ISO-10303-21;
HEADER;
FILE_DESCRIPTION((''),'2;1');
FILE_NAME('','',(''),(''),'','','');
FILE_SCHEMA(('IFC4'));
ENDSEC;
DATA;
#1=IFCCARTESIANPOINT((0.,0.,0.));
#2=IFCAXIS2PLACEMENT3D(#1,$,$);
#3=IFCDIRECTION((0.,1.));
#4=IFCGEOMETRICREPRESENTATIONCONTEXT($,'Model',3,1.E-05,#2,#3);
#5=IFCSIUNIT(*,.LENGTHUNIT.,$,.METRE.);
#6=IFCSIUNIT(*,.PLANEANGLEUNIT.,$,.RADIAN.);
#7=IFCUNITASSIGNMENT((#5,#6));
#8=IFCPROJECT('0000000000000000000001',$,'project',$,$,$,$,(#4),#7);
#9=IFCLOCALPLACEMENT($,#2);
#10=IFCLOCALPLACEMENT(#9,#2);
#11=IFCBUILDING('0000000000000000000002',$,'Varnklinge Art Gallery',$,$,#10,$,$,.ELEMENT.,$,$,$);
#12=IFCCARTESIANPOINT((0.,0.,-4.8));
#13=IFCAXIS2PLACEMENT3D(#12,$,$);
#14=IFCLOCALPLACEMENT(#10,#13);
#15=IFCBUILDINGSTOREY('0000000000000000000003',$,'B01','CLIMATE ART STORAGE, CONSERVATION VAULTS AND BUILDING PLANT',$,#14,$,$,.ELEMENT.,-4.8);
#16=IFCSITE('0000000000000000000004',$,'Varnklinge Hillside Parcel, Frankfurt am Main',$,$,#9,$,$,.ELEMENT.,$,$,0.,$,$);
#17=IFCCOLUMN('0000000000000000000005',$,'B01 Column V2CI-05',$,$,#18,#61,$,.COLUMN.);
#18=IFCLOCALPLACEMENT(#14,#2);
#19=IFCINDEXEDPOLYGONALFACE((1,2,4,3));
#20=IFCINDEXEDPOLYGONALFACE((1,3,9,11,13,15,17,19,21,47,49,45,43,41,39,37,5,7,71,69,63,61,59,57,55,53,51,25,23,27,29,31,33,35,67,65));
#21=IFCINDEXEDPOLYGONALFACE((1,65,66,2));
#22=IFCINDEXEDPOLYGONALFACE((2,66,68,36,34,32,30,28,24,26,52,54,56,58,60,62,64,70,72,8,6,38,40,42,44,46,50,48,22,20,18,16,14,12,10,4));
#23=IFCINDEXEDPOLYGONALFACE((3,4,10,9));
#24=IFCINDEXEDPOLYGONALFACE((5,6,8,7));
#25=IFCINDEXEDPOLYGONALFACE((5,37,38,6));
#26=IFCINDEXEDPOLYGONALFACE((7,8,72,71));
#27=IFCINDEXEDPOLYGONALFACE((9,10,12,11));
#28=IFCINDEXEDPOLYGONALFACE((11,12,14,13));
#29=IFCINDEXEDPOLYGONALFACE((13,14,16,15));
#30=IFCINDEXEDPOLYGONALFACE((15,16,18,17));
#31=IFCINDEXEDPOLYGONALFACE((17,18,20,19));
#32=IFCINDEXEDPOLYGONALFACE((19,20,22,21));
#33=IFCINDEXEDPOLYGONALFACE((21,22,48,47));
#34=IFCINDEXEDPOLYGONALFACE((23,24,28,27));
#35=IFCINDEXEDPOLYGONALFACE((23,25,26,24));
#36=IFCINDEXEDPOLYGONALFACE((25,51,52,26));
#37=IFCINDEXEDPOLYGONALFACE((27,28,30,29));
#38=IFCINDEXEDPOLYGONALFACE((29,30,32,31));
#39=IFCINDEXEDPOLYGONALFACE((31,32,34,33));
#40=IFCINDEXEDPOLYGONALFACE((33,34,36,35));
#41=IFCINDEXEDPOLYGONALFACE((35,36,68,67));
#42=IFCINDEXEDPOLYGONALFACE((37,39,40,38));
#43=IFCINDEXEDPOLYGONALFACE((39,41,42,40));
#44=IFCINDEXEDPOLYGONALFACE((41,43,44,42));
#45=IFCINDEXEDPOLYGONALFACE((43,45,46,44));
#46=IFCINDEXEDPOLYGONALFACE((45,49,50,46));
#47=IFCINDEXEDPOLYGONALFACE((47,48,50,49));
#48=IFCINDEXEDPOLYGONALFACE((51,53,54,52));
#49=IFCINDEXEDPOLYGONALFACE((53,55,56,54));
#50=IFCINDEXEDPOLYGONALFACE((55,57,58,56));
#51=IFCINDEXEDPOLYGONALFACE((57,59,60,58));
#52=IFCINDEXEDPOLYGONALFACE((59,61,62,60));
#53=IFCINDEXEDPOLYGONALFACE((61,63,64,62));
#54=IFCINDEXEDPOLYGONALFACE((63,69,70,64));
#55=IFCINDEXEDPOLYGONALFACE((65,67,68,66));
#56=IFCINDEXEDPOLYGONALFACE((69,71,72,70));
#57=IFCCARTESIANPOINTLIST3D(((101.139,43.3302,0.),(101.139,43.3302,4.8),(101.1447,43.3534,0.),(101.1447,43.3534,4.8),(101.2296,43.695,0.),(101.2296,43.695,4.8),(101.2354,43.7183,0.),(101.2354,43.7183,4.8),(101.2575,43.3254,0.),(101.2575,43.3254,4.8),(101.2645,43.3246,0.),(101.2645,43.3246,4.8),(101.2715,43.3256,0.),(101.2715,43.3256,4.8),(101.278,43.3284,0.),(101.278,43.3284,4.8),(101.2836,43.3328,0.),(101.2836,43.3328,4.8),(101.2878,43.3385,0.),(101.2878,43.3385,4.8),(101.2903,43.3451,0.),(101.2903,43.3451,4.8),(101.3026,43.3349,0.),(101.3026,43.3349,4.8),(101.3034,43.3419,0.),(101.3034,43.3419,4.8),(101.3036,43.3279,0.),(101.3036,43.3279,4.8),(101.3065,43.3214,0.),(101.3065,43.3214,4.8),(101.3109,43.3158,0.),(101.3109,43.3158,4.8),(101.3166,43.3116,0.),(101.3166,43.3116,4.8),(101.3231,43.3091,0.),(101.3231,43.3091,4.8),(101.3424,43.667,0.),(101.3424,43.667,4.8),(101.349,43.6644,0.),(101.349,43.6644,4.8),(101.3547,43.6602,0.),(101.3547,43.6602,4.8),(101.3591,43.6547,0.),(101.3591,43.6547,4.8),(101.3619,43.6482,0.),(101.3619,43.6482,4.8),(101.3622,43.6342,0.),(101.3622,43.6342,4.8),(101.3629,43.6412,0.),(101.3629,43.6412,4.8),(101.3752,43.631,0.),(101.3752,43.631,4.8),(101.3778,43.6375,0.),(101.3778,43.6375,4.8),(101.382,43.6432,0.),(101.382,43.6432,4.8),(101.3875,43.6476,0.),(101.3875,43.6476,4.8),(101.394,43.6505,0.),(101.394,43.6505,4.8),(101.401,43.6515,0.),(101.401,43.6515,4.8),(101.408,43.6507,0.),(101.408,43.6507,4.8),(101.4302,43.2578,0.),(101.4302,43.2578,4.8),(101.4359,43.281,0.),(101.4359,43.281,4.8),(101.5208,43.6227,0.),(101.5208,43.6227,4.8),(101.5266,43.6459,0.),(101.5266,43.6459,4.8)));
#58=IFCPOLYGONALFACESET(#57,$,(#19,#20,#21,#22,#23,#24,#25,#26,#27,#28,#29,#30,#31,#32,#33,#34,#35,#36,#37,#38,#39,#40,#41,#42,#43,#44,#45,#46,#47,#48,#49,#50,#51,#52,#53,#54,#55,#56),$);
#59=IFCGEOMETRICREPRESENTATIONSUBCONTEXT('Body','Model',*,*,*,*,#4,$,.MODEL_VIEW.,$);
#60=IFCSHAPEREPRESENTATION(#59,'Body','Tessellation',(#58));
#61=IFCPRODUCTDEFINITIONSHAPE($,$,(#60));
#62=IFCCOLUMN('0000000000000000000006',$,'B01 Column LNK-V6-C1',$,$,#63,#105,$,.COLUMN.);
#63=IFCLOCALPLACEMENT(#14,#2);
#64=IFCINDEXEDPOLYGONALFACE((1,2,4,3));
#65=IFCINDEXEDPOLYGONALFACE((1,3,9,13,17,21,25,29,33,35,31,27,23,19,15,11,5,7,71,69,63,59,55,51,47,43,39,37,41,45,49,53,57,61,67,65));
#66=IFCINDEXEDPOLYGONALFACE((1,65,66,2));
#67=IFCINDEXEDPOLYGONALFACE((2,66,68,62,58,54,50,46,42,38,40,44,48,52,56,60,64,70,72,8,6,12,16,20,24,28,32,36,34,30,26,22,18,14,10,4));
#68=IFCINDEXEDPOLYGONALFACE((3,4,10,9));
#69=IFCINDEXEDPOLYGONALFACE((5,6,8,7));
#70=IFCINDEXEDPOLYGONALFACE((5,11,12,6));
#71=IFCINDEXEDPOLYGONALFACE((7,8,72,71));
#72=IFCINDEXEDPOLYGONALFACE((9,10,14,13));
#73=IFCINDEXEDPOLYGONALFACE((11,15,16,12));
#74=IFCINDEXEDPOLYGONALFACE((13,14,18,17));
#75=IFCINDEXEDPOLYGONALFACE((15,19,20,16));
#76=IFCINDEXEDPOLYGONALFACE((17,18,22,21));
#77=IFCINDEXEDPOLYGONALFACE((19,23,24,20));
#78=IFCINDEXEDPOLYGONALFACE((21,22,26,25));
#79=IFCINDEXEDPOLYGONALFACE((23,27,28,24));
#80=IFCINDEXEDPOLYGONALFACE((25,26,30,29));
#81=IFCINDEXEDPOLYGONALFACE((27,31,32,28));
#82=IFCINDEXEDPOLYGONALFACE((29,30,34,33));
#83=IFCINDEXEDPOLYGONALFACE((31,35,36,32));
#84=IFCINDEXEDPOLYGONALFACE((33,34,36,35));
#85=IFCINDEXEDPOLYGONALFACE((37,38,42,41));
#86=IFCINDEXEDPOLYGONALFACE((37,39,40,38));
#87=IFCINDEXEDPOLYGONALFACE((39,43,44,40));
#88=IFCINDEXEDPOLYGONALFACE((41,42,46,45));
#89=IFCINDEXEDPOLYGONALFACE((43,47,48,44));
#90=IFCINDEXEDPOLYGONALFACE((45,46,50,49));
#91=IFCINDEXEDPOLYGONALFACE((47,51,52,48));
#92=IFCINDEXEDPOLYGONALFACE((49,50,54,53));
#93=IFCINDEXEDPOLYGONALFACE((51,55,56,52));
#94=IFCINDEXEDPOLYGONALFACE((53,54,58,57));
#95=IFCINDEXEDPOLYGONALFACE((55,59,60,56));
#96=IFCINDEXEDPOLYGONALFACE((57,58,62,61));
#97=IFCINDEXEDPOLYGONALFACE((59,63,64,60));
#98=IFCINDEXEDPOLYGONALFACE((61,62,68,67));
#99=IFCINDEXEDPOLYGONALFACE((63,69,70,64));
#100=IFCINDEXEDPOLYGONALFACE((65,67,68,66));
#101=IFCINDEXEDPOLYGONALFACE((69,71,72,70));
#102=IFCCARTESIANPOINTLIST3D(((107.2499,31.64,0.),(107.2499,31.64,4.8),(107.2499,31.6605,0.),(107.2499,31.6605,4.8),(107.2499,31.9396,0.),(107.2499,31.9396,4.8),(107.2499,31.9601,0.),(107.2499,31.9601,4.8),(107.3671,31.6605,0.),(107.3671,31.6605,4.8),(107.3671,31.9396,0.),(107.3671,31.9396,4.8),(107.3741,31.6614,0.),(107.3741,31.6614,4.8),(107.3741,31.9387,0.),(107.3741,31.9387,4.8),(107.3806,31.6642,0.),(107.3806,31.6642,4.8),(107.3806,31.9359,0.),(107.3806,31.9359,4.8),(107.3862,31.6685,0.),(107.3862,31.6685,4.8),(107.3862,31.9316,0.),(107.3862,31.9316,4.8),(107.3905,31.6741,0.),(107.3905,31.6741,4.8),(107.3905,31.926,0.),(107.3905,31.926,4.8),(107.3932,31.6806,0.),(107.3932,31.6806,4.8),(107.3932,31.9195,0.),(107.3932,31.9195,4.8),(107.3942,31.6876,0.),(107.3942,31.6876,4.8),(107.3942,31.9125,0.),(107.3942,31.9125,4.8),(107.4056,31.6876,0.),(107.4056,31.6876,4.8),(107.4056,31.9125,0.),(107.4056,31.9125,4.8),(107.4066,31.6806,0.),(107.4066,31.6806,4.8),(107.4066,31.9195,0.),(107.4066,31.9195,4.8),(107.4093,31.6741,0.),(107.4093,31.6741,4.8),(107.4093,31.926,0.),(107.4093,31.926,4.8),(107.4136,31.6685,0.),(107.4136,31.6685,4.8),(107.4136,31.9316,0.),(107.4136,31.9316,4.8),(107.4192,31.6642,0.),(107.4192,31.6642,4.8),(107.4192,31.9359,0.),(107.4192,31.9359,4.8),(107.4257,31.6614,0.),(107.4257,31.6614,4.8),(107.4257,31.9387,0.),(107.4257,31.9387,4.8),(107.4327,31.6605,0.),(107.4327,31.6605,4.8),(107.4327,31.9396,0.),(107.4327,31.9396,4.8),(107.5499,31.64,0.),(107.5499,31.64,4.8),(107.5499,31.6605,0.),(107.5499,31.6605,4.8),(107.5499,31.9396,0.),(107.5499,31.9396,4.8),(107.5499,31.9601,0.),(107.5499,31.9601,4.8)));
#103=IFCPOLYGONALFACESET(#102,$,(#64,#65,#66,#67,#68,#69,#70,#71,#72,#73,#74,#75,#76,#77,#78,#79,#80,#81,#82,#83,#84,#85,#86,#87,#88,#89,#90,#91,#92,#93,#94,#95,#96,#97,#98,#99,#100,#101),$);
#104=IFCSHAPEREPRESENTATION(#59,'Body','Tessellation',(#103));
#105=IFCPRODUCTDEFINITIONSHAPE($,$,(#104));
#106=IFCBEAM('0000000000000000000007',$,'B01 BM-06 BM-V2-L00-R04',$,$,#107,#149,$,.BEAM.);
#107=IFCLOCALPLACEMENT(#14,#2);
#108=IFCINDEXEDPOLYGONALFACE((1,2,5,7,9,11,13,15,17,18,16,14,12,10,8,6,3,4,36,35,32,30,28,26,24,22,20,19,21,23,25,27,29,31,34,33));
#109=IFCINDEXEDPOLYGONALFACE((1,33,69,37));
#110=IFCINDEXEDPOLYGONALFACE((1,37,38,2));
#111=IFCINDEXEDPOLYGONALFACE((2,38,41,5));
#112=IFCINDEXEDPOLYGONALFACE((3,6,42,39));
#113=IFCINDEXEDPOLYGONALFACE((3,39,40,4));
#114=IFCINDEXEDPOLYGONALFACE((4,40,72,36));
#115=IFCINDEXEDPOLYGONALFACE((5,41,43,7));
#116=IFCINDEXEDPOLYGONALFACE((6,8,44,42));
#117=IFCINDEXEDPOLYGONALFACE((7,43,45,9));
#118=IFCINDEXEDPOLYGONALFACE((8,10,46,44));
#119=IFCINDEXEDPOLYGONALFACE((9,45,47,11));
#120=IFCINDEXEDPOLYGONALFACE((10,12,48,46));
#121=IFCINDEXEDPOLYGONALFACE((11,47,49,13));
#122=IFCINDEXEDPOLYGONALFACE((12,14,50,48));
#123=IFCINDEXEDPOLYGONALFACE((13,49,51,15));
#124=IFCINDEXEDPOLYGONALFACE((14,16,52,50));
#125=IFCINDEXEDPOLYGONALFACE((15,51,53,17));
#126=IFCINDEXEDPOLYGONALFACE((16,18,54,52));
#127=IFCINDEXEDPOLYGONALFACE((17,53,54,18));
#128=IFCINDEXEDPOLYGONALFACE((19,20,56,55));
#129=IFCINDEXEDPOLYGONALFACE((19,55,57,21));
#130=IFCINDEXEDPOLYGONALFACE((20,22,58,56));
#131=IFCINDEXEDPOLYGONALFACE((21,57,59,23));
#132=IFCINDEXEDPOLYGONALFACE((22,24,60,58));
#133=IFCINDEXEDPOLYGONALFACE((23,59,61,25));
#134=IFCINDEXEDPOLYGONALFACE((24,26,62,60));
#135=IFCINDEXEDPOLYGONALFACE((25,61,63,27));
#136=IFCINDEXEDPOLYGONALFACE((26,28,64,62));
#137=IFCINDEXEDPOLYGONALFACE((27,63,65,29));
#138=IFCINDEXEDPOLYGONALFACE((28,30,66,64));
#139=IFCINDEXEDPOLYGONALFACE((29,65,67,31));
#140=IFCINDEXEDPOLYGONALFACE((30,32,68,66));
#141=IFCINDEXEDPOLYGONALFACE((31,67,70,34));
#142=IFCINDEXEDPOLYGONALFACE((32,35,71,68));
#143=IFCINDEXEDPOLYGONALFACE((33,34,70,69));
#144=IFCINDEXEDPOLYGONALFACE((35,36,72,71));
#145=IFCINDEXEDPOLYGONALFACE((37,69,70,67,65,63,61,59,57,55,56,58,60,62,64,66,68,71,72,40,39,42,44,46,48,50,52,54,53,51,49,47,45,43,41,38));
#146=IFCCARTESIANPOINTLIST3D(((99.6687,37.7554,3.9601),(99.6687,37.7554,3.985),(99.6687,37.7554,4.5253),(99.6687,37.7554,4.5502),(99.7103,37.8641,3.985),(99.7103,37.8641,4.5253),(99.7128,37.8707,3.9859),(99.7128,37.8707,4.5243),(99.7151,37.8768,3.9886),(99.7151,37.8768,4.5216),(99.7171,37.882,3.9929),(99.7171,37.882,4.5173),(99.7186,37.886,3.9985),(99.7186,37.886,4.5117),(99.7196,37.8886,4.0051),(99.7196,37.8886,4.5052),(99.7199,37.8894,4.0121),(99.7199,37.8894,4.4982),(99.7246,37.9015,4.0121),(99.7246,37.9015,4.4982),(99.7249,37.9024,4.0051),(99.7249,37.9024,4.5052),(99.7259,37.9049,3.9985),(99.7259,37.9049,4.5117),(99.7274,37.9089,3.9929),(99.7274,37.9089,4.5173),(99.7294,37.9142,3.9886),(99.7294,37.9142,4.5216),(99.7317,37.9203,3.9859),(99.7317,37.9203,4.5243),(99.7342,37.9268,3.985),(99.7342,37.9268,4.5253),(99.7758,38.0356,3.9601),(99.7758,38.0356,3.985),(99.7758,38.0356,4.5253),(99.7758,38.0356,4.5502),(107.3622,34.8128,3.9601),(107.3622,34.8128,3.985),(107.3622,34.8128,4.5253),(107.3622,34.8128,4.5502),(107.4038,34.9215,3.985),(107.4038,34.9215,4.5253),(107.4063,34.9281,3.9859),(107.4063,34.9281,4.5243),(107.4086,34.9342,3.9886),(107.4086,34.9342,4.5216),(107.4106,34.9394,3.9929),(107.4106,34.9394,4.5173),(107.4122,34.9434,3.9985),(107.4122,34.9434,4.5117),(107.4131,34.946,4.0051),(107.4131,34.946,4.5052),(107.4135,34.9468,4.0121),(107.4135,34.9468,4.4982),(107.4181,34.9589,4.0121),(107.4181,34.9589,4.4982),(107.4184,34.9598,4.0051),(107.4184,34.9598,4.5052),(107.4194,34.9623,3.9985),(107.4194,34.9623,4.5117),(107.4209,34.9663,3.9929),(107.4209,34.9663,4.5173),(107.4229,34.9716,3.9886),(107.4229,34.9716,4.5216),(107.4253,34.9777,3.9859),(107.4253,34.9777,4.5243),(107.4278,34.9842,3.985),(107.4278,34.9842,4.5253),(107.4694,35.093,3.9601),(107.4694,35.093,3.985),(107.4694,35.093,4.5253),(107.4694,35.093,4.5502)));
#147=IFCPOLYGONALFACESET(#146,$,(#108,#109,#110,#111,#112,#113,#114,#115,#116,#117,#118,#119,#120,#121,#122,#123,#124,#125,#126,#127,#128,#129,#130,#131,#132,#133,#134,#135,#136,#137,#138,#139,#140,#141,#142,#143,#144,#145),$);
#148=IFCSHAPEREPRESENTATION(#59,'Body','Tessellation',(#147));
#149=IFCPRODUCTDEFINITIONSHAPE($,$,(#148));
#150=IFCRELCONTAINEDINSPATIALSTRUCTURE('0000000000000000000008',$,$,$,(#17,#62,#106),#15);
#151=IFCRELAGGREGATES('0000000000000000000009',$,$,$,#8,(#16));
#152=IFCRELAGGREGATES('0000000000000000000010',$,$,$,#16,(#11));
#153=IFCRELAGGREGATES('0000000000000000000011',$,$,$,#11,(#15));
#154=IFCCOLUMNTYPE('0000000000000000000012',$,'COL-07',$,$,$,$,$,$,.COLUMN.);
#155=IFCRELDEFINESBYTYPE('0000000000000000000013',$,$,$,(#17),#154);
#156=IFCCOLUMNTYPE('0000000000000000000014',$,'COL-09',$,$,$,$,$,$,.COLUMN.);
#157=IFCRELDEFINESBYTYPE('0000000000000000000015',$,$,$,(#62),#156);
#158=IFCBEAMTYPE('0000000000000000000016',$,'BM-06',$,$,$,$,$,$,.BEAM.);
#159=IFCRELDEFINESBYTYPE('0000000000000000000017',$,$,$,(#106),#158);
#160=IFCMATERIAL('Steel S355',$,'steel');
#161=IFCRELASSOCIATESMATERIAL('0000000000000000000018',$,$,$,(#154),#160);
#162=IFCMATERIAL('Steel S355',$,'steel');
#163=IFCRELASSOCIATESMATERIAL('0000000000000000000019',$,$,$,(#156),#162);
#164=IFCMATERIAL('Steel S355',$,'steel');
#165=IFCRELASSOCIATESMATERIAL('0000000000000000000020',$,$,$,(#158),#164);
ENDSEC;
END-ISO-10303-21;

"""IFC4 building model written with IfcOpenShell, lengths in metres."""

from ifc_helpers import new_model, si_unit, direction, frame, origin, origin_2d, place, context, subcontext, project, spatial, i_section, extrude, material, material_profile, profile_set, type_object, element, save


model = new_model("IFC4")

# Units and contexts
model_context = context("Model", 3, precision=1e-05, world=origin(), true_north=direction((0.0, 1.0)))
body_context = subcontext(model_context, "Body", "Model", "MODEL_VIEW")
ifc_project = project(units=[si_unit("LENGTHUNIT", "METRE"), si_unit("PLANEANGLEUNIT", "RADIAN")], contexts=[model_context])

# Site, building, storey
site_placement = place(None, origin())
site = spatial("IfcSite", under=ifc_project, at=site_placement, Name="Varnklinge Hillside Parcel, Frankfurt am Main", CompositionType="ELEMENT", RefElevation=0.0)
building_placement = place(site_placement, origin())
building = spatial("IfcBuilding", under=site, at=building_placement, Name="Varnklinge Art Gallery", CompositionType="ELEMENT")
storey_placement = place(building_placement, frame((0.0, 0.0, -4.8)))
storey = spatial("IfcBuildingStorey", under=building, at=storey_placement, Name="B01", Description="CLIMATE ART STORAGE, CONSERVATION VAULTS AND BUILDING PLANT", CompositionType="ELEMENT", Elevation=-4.8)

# Columns
ifc_material_1 = material(Name="Steel S355", Category="steel")
ifc_material_profile_1 = material_profile(ifc_material_1, i_section(OverallWidth=0.3, OverallDepth=0.3999, WebThickness=0.0134, FlangeThickness=0.0239, FilletRadius=0.0271, at=origin_2d()), Name="HEB 400")
ifc_profile_set_1 = profile_set([ifc_material_profile_1], Name="Steel S355")
column_type_1 = type_object("IfcColumnType", Name="COL-07", PredefinedType="COLUMN", material=ifc_profile_set_1)
for number, where, z_axis, x_axis, name in (
    (1, (101.3328, 43.488, 0.0), (0.0, 0.0, 1.0), (-0.970506, 0.241075, 0.0), "B01 Column V2CI-05"),
):
    element("IfcColumn", number, at=place(storey_placement, frame(where, z_axis=z_axis, x_axis=x_axis)), inside=storey, type_object=column_type_1, Name=name, PredefinedType="COLUMN", context=body_context, shape_type="SweptSolid", body=[
        extrude(i_section(OverallWidth=0.3, OverallDepth=0.3999, WebThickness=0.0134, FlangeThickness=0.0239, FilletRadius=0.0271, at=origin_2d()), origin(), (0.0, 0.0, 1.0), 4.8),
    ])
ifc_material_2 = material(Name="Steel S355", Category="steel")
ifc_material_profile_2 = material_profile(ifc_material_2, i_section(OverallWidth=0.3, OverallDepth=0.3201, WebThickness=0.0115, FlangeThickness=0.0205, FilletRadius=0.0271, at=origin_2d()), Name="HEB 320")
ifc_profile_set_2 = profile_set([ifc_material_profile_2], Name="Steel S355")
column_type_2 = type_object("IfcColumnType", Name="COL-09", PredefinedType="COLUMN", material=ifc_profile_set_2)
column_placement = place(storey_placement, frame((107.3999, 31.8, 0.0), z_axis=(0.0, 0.0, 1.0), x_axis=(1.0, 0.0, 0.0)))
element("IfcColumn", 2, at=column_placement, inside=storey, type_object=column_type_2, Name="B01 Column LNK-V6-C1", PredefinedType="COLUMN", context=body_context, shape_type="SweptSolid", body=[
    extrude(i_section(OverallWidth=0.3, OverallDepth=0.3201, WebThickness=0.0115, FlangeThickness=0.0205, FilletRadius=0.0271, at=origin_2d()), origin(), (0.0, 0.0, 1.0), 4.8),
])

# Beam
ifc_material_3 = material(Name="Steel S355", Category="steel")
ifc_material_profile_3 = material_profile(ifc_material_3, i_section(OverallWidth=0.3, OverallDepth=0.5901, WebThickness=0.0129, FlangeThickness=0.0249, FilletRadius=0.0271, at=origin_2d()), Name="HEA 600")
ifc_profile_set_3 = profile_set([ifc_material_profile_3], Name="Steel S355")
beam_type_1 = type_object("IfcBeamType", Name="BM-06", PredefinedType="BEAM", material=ifc_profile_set_3)
beam_1_placement = place(storey_placement, frame((107.4158, 34.9529, 4.2551), z_axis=(-0.934013, 0.357239, 0.0), x_axis=(-0.357239, -0.934013, 0.0)))
element("IfcBeam", 3, at=beam_1_placement, inside=storey, type_object=beam_type_1, Name="B01 BM-06 BM-V2-L00-R04", PredefinedType="BEAM", context=body_context, shape_type="SweptSolid", body=[
    extrude(i_section(OverallWidth=0.3, OverallDepth=0.5901, WebThickness=0.0129, FlangeThickness=0.0249, FilletRadius=0.0271, at=origin_2d()), origin(), (0.0, 0.0, 1.0), 8.2371),
])

save(model, "model.ifc")
